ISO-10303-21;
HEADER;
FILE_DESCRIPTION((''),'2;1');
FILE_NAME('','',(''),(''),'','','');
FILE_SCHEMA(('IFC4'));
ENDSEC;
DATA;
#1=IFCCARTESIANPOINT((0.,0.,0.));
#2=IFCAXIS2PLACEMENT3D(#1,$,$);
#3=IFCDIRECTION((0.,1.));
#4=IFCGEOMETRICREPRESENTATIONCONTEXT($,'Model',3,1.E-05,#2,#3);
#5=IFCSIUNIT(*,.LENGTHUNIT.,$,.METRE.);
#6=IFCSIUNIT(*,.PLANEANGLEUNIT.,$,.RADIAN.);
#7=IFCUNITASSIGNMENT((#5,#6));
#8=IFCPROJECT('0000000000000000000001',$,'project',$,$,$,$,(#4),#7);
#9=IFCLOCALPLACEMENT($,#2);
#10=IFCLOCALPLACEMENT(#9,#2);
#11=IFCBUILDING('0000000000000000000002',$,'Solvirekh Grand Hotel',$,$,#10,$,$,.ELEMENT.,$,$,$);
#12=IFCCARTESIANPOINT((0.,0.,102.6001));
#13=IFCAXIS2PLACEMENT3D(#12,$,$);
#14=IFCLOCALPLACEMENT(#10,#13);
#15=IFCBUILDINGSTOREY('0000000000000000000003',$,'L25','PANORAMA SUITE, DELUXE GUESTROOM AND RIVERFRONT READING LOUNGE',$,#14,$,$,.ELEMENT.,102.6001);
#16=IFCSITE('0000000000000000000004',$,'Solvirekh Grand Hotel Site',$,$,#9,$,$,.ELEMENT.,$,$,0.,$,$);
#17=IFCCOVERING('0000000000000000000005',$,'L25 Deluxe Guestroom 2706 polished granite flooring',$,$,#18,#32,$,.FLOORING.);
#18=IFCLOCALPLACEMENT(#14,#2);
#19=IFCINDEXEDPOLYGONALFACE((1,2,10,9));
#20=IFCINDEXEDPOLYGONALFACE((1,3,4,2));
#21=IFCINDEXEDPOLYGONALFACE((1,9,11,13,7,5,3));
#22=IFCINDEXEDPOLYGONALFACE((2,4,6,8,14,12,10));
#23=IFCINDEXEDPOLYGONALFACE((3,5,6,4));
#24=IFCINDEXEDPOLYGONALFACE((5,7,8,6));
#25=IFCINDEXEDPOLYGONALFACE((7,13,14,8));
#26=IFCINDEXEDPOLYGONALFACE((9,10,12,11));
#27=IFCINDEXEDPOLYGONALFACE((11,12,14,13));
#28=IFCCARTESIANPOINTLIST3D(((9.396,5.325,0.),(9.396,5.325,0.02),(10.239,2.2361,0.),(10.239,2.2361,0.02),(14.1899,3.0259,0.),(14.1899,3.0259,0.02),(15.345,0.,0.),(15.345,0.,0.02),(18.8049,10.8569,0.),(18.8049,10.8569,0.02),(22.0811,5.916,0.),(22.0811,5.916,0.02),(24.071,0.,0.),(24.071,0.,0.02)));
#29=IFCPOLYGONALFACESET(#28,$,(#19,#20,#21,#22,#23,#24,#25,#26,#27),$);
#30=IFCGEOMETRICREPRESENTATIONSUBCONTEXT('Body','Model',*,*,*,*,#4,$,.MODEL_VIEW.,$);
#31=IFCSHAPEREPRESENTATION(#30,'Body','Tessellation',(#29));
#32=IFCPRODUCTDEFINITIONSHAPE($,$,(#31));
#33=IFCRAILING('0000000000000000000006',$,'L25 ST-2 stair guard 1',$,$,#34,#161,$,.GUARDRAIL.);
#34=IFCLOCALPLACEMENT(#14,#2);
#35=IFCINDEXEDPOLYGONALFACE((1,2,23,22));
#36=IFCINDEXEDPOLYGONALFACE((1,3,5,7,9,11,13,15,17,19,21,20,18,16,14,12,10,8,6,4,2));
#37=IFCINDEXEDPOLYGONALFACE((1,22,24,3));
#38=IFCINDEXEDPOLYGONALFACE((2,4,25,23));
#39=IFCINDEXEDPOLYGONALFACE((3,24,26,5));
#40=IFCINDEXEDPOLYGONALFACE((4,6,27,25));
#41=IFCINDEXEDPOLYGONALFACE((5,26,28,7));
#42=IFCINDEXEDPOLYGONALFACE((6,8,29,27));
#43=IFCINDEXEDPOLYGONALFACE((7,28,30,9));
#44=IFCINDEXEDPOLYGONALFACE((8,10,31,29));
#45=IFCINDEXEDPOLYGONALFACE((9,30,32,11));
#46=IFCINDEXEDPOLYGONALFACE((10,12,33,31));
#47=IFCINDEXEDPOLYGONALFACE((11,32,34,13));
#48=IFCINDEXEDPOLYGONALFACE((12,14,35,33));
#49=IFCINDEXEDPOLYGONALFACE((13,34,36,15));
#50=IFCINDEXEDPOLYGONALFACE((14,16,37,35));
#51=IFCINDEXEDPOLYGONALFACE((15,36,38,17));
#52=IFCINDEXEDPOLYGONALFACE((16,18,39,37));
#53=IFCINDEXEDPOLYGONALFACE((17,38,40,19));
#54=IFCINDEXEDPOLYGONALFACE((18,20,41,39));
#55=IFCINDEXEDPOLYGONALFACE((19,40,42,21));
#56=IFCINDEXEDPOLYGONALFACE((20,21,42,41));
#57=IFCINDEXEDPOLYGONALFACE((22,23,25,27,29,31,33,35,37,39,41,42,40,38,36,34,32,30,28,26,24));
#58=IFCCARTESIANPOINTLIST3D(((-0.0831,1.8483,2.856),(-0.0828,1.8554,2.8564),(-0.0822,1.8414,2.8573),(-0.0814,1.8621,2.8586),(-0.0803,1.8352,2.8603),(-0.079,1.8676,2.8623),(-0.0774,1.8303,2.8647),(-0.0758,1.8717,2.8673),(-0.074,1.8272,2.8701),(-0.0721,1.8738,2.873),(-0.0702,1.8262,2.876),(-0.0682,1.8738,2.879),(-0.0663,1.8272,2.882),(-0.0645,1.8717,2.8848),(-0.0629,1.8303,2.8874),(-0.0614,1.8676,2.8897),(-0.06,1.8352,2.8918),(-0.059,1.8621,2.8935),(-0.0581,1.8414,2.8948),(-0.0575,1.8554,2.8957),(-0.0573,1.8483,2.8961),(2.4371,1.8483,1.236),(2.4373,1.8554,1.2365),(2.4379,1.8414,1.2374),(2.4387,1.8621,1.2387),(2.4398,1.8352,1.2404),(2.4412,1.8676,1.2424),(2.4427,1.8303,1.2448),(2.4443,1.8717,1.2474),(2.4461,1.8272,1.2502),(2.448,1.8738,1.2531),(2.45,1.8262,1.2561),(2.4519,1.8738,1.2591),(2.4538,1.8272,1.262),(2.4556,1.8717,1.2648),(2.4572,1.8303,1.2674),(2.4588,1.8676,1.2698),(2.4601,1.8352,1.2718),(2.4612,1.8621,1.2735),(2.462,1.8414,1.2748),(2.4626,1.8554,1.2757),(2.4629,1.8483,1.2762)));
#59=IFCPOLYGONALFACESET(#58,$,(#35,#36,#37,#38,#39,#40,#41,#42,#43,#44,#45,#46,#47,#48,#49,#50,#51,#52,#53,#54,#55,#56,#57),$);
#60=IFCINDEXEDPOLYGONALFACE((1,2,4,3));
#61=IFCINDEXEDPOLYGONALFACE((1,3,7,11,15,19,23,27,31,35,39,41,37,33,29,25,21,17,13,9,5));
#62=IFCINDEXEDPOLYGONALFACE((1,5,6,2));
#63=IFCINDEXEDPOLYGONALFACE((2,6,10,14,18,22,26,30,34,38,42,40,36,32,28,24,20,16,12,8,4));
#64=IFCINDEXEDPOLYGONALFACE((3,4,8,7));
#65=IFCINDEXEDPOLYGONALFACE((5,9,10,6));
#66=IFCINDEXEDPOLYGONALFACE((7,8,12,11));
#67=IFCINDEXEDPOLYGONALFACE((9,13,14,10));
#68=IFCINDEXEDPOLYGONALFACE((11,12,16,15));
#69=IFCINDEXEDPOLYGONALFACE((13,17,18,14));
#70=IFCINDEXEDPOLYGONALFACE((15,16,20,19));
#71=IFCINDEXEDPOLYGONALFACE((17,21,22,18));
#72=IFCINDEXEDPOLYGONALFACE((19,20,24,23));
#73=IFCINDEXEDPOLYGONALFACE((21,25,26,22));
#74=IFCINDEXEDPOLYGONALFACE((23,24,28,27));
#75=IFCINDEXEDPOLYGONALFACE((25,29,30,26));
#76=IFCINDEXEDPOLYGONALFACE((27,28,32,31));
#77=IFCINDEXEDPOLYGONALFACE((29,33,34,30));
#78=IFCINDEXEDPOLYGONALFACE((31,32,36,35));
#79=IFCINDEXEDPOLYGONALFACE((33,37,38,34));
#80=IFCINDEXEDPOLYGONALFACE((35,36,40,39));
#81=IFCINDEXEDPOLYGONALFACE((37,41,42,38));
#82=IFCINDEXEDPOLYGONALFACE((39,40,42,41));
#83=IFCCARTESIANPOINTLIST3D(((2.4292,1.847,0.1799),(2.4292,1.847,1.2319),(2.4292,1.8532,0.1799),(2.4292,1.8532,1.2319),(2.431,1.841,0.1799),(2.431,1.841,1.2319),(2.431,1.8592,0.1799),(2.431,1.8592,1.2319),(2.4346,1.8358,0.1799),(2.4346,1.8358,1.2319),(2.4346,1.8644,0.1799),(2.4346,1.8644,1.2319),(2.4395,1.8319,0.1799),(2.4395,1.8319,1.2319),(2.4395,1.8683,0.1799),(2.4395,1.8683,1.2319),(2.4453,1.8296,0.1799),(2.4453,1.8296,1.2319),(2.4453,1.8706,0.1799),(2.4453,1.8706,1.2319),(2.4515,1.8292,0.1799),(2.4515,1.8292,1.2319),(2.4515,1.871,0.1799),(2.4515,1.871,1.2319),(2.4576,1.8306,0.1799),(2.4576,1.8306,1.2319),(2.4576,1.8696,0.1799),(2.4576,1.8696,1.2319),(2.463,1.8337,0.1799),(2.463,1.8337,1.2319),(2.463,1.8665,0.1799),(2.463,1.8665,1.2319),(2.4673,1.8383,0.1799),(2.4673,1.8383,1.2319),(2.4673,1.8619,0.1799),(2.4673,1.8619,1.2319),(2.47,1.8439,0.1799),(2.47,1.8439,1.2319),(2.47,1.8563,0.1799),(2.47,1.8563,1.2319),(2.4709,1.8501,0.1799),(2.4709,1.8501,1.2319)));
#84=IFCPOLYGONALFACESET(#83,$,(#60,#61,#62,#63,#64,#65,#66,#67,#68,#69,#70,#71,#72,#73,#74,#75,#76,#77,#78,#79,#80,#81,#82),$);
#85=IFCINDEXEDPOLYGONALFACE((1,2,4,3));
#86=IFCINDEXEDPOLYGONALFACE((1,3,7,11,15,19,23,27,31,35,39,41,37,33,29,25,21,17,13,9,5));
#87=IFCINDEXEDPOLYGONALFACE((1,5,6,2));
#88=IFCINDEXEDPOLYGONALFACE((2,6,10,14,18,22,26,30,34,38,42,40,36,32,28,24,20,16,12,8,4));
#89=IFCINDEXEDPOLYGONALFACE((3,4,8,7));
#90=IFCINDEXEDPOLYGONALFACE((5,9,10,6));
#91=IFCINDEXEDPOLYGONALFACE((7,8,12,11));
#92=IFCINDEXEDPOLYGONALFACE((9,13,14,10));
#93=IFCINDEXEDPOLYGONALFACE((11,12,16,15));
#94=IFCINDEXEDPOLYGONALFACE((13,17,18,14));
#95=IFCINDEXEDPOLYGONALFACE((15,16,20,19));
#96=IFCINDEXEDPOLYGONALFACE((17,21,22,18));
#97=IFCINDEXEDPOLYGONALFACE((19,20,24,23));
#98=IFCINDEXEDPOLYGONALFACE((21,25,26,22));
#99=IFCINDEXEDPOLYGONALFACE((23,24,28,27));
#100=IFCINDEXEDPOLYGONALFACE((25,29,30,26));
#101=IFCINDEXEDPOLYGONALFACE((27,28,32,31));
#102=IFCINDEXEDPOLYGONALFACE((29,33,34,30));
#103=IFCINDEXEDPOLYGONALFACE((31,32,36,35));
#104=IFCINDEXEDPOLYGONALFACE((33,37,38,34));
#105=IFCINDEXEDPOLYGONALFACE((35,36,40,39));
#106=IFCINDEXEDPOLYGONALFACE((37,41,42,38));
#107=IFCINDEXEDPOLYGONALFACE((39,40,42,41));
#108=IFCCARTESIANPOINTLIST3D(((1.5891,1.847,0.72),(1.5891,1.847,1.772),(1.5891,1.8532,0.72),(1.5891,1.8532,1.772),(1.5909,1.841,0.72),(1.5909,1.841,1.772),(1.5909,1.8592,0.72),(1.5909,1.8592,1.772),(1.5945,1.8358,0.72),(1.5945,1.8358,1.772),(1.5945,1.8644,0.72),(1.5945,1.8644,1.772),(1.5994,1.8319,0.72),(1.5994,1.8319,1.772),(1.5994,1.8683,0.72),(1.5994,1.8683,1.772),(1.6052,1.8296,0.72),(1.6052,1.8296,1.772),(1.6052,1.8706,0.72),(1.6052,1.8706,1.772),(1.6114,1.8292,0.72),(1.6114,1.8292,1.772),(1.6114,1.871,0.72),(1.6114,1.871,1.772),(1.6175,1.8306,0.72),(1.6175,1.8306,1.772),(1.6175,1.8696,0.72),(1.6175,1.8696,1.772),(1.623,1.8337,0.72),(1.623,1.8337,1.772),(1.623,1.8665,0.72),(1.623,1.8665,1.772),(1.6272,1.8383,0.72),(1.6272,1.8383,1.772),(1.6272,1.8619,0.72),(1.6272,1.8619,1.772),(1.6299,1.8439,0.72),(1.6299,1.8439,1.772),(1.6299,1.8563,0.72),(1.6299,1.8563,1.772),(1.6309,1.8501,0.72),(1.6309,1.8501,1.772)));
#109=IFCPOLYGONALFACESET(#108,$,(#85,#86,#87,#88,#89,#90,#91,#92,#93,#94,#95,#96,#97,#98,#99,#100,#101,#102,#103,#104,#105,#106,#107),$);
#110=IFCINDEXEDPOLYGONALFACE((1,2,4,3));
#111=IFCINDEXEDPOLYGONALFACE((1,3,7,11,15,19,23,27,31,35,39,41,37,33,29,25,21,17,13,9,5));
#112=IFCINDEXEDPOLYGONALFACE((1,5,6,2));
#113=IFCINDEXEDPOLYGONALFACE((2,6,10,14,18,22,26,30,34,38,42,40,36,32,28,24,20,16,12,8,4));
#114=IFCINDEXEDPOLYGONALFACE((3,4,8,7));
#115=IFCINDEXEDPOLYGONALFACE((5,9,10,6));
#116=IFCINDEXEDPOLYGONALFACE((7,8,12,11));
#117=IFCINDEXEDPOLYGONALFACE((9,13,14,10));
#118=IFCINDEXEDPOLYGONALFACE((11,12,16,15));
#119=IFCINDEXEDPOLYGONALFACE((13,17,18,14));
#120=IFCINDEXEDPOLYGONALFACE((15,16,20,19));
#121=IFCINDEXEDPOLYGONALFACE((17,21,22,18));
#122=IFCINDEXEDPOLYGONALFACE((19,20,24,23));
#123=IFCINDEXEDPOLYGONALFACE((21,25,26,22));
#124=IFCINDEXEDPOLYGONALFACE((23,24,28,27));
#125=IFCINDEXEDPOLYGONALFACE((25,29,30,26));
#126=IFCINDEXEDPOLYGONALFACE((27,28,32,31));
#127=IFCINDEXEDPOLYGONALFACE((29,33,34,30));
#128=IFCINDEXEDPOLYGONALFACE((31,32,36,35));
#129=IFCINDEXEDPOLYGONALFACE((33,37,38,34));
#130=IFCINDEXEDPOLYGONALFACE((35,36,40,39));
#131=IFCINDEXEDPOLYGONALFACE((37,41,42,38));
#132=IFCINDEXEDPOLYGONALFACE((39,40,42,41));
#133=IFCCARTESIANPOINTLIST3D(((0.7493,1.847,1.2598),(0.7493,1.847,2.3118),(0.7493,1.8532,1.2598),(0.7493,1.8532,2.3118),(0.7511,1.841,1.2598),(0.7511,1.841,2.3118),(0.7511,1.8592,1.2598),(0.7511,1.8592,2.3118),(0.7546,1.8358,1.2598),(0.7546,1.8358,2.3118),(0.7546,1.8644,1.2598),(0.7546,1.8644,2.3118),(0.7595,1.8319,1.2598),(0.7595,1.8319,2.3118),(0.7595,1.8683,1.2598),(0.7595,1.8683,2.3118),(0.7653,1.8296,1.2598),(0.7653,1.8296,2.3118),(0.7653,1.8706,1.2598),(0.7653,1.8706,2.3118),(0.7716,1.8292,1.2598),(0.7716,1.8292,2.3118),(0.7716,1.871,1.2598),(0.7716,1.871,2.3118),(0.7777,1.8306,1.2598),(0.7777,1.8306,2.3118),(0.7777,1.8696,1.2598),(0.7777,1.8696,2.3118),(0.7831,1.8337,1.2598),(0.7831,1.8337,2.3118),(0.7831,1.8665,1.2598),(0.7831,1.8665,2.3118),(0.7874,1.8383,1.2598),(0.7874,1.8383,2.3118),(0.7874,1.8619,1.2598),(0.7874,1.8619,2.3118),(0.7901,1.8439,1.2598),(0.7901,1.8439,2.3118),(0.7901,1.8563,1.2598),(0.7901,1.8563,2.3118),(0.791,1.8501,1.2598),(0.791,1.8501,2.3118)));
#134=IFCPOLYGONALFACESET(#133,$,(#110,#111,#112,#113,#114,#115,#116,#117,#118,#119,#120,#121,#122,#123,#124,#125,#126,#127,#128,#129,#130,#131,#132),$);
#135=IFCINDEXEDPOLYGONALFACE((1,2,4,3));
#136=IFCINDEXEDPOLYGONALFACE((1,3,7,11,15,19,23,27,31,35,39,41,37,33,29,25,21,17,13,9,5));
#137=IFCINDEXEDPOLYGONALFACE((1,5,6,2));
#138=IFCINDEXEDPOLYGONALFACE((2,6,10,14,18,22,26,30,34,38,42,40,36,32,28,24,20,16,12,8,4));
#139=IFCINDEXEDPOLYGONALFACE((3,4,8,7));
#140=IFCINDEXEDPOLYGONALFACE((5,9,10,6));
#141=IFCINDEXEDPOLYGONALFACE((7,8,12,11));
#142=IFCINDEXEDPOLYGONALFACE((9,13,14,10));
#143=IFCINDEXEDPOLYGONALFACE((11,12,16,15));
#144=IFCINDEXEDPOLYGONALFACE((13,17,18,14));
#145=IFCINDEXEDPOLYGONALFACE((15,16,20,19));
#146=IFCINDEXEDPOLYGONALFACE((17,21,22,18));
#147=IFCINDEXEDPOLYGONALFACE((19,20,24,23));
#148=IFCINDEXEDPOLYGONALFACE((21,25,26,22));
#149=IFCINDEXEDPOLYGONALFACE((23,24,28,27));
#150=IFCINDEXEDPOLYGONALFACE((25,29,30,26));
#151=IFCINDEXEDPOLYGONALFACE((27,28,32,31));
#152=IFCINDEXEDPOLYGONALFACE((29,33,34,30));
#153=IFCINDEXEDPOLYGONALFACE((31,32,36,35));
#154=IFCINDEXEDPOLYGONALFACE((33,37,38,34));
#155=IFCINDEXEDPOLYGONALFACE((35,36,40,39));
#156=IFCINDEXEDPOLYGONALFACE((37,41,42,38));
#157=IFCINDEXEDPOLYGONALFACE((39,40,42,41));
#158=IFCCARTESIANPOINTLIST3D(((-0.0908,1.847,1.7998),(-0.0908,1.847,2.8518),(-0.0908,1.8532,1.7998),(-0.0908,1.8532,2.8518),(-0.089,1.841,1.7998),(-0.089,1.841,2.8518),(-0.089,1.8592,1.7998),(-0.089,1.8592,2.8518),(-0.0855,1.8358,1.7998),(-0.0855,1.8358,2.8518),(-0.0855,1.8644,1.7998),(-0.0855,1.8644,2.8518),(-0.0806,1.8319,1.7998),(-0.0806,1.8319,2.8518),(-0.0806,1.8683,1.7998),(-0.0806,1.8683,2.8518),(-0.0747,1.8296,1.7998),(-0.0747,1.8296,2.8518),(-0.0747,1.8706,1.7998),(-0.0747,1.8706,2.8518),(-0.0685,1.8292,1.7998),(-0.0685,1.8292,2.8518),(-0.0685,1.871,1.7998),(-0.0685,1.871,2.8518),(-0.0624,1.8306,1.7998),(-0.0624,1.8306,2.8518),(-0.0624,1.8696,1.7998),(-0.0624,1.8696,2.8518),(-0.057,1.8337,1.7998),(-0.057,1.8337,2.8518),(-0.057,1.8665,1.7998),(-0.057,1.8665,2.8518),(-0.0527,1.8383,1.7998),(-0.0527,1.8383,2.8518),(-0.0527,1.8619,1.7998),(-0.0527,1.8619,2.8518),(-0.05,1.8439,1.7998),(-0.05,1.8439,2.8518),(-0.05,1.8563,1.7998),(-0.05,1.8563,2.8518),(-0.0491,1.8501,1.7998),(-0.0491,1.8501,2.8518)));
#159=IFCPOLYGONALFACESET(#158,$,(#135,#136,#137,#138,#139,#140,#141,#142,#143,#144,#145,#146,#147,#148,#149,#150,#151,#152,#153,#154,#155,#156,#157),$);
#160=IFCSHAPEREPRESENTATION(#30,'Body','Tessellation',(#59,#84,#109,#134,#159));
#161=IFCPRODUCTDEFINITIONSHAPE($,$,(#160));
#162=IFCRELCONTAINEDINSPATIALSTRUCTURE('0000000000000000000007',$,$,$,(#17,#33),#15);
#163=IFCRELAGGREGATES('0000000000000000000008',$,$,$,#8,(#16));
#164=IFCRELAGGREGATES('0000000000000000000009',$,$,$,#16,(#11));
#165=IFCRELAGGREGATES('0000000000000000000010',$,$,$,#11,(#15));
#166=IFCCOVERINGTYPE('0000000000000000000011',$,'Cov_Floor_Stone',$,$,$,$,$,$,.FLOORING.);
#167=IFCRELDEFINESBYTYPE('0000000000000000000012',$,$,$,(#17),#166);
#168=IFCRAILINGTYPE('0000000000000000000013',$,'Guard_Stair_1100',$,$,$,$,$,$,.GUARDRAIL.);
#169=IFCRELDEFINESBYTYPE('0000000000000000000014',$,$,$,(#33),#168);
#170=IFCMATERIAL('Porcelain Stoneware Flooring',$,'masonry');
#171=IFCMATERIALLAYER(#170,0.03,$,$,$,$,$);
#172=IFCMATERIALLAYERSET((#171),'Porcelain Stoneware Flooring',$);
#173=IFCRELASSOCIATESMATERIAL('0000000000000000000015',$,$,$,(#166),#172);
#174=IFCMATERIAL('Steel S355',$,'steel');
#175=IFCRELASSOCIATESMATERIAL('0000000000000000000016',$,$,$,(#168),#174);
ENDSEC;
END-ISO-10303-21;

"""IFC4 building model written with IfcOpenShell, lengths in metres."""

from ifc_helpers import new_model, si_unit, direction, frame, origin, origin_2d, place, context, subcontext, project, spatial, polyline, circle, outline, extrude, material, layer, layer_set, type_object, element, save


model = new_model("IFC4")

# Units and contexts
model_context = context("Model", 3, precision=1e-05, world=origin(), true_north=direction((0.0, 1.0)))
body_context = subcontext(model_context, "Body", "Model", "MODEL_VIEW")
ifc_project = project(units=[si_unit("LENGTHUNIT", "METRE"), si_unit("PLANEANGLEUNIT", "RADIAN")], contexts=[model_context])

# Site, building, storey
site_placement = place(None, origin())
site = spatial("IfcSite", under=ifc_project, at=site_placement, Name="Solvirekh Grand Hotel Site", CompositionType="ELEMENT", RefElevation=0.0)
building_placement = place(site_placement, origin())
building = spatial("IfcBuilding", under=site, at=building_placement, Name="Solvirekh Grand Hotel", CompositionType="ELEMENT")
storey_placement = place(building_placement, frame((0.0, 0.0, 102.6001)))
storey = spatial("IfcBuildingStorey", under=building, at=storey_placement, Name="L25", Description="PANORAMA SUITE, DELUXE GUESTROOM AND RIVERFRONT READING LOUNGE", CompositionType="ELEMENT", Elevation=102.6001)

# Shared definitions
ifc_material_1 = material(Name="Steel S355", Category="steel")

# Covering
ifc_material_2 = material(Name="Porcelain Stoneware Flooring", Category="masonry")
ifc_layer_1 = layer(ifc_material_2, 0.03)
ifc_layer_set_1 = layer_set([ifc_layer_1], Name="Porcelain Stoneware Flooring")
covering_type_1 = type_object("IfcCoveringType", Name="Cov_Floor_Stone", PredefinedType="FLOORING", material=ifc_layer_set_1)
covering_1_placement = place(storey_placement, origin())
element("IfcCovering", 1, at=covering_1_placement, inside=storey, type_object=covering_type_1, Name="L25 Deluxe Guestroom 2706 polished granite flooring", PredefinedType="FLOORING", context=body_context, shape_type="SweptSolid", body=[
    extrude(outline(polyline([(14.1899, 3.0259), (15.345, 0.0), (24.071, 0.0), (22.0811, 5.916), (18.8049, 10.8569), (9.396, 5.325), (10.239, 2.2361), (14.1899, 3.0259)])), origin(), (0.0, 0.0, 1.0), 0.02),
])

# Railing
railing_type_1 = type_object("IfcRailingType", Name="Guard_Stair_1100", PredefinedType="GUARDRAIL", material=ifc_material_1)
railing_1_placement = place(storey_placement, frame((2.45, 1.8501, 0.1799)))
element("IfcRailing", 2, at=railing_1_placement, inside=storey, type_object=railing_type_1, Name="L25 ST-2 stair guard 1", PredefinedType="GUARDRAIL", context=body_context, shape_type="SweptSolid", body=[
    extrude(circle(Radius=0.0239, at=origin_2d()), frame((0.0, 0.0, 1.0762), z_axis=(-0.8412, 0.0, 0.540725), x_axis=(0.0, -1.0, 0.0)), (0.0, 0.0, 1.0), 2.9958),
    extrude(circle(Radius=0.021, at=origin_2d()), origin(), (0.0, 0.0, 1.0), 1.052),
    extrude(circle(Radius=0.021, at=origin_2d()), frame((-0.8401, 0.0, 0.54)), (0.0, 0.0, 1.0), 1.052),
    extrude(circle(Radius=0.021, at=origin_2d()), frame((-1.6799, 0.0, 1.0798)), (0.0, 0.0, 1.0), 1.052),
    extrude(circle(Radius=0.021, at=origin_2d()), frame((-2.52, 0.0, 1.6199)), (0.0, 0.0, 1.0), 1.052),
])

save(model, "model.ifc")
